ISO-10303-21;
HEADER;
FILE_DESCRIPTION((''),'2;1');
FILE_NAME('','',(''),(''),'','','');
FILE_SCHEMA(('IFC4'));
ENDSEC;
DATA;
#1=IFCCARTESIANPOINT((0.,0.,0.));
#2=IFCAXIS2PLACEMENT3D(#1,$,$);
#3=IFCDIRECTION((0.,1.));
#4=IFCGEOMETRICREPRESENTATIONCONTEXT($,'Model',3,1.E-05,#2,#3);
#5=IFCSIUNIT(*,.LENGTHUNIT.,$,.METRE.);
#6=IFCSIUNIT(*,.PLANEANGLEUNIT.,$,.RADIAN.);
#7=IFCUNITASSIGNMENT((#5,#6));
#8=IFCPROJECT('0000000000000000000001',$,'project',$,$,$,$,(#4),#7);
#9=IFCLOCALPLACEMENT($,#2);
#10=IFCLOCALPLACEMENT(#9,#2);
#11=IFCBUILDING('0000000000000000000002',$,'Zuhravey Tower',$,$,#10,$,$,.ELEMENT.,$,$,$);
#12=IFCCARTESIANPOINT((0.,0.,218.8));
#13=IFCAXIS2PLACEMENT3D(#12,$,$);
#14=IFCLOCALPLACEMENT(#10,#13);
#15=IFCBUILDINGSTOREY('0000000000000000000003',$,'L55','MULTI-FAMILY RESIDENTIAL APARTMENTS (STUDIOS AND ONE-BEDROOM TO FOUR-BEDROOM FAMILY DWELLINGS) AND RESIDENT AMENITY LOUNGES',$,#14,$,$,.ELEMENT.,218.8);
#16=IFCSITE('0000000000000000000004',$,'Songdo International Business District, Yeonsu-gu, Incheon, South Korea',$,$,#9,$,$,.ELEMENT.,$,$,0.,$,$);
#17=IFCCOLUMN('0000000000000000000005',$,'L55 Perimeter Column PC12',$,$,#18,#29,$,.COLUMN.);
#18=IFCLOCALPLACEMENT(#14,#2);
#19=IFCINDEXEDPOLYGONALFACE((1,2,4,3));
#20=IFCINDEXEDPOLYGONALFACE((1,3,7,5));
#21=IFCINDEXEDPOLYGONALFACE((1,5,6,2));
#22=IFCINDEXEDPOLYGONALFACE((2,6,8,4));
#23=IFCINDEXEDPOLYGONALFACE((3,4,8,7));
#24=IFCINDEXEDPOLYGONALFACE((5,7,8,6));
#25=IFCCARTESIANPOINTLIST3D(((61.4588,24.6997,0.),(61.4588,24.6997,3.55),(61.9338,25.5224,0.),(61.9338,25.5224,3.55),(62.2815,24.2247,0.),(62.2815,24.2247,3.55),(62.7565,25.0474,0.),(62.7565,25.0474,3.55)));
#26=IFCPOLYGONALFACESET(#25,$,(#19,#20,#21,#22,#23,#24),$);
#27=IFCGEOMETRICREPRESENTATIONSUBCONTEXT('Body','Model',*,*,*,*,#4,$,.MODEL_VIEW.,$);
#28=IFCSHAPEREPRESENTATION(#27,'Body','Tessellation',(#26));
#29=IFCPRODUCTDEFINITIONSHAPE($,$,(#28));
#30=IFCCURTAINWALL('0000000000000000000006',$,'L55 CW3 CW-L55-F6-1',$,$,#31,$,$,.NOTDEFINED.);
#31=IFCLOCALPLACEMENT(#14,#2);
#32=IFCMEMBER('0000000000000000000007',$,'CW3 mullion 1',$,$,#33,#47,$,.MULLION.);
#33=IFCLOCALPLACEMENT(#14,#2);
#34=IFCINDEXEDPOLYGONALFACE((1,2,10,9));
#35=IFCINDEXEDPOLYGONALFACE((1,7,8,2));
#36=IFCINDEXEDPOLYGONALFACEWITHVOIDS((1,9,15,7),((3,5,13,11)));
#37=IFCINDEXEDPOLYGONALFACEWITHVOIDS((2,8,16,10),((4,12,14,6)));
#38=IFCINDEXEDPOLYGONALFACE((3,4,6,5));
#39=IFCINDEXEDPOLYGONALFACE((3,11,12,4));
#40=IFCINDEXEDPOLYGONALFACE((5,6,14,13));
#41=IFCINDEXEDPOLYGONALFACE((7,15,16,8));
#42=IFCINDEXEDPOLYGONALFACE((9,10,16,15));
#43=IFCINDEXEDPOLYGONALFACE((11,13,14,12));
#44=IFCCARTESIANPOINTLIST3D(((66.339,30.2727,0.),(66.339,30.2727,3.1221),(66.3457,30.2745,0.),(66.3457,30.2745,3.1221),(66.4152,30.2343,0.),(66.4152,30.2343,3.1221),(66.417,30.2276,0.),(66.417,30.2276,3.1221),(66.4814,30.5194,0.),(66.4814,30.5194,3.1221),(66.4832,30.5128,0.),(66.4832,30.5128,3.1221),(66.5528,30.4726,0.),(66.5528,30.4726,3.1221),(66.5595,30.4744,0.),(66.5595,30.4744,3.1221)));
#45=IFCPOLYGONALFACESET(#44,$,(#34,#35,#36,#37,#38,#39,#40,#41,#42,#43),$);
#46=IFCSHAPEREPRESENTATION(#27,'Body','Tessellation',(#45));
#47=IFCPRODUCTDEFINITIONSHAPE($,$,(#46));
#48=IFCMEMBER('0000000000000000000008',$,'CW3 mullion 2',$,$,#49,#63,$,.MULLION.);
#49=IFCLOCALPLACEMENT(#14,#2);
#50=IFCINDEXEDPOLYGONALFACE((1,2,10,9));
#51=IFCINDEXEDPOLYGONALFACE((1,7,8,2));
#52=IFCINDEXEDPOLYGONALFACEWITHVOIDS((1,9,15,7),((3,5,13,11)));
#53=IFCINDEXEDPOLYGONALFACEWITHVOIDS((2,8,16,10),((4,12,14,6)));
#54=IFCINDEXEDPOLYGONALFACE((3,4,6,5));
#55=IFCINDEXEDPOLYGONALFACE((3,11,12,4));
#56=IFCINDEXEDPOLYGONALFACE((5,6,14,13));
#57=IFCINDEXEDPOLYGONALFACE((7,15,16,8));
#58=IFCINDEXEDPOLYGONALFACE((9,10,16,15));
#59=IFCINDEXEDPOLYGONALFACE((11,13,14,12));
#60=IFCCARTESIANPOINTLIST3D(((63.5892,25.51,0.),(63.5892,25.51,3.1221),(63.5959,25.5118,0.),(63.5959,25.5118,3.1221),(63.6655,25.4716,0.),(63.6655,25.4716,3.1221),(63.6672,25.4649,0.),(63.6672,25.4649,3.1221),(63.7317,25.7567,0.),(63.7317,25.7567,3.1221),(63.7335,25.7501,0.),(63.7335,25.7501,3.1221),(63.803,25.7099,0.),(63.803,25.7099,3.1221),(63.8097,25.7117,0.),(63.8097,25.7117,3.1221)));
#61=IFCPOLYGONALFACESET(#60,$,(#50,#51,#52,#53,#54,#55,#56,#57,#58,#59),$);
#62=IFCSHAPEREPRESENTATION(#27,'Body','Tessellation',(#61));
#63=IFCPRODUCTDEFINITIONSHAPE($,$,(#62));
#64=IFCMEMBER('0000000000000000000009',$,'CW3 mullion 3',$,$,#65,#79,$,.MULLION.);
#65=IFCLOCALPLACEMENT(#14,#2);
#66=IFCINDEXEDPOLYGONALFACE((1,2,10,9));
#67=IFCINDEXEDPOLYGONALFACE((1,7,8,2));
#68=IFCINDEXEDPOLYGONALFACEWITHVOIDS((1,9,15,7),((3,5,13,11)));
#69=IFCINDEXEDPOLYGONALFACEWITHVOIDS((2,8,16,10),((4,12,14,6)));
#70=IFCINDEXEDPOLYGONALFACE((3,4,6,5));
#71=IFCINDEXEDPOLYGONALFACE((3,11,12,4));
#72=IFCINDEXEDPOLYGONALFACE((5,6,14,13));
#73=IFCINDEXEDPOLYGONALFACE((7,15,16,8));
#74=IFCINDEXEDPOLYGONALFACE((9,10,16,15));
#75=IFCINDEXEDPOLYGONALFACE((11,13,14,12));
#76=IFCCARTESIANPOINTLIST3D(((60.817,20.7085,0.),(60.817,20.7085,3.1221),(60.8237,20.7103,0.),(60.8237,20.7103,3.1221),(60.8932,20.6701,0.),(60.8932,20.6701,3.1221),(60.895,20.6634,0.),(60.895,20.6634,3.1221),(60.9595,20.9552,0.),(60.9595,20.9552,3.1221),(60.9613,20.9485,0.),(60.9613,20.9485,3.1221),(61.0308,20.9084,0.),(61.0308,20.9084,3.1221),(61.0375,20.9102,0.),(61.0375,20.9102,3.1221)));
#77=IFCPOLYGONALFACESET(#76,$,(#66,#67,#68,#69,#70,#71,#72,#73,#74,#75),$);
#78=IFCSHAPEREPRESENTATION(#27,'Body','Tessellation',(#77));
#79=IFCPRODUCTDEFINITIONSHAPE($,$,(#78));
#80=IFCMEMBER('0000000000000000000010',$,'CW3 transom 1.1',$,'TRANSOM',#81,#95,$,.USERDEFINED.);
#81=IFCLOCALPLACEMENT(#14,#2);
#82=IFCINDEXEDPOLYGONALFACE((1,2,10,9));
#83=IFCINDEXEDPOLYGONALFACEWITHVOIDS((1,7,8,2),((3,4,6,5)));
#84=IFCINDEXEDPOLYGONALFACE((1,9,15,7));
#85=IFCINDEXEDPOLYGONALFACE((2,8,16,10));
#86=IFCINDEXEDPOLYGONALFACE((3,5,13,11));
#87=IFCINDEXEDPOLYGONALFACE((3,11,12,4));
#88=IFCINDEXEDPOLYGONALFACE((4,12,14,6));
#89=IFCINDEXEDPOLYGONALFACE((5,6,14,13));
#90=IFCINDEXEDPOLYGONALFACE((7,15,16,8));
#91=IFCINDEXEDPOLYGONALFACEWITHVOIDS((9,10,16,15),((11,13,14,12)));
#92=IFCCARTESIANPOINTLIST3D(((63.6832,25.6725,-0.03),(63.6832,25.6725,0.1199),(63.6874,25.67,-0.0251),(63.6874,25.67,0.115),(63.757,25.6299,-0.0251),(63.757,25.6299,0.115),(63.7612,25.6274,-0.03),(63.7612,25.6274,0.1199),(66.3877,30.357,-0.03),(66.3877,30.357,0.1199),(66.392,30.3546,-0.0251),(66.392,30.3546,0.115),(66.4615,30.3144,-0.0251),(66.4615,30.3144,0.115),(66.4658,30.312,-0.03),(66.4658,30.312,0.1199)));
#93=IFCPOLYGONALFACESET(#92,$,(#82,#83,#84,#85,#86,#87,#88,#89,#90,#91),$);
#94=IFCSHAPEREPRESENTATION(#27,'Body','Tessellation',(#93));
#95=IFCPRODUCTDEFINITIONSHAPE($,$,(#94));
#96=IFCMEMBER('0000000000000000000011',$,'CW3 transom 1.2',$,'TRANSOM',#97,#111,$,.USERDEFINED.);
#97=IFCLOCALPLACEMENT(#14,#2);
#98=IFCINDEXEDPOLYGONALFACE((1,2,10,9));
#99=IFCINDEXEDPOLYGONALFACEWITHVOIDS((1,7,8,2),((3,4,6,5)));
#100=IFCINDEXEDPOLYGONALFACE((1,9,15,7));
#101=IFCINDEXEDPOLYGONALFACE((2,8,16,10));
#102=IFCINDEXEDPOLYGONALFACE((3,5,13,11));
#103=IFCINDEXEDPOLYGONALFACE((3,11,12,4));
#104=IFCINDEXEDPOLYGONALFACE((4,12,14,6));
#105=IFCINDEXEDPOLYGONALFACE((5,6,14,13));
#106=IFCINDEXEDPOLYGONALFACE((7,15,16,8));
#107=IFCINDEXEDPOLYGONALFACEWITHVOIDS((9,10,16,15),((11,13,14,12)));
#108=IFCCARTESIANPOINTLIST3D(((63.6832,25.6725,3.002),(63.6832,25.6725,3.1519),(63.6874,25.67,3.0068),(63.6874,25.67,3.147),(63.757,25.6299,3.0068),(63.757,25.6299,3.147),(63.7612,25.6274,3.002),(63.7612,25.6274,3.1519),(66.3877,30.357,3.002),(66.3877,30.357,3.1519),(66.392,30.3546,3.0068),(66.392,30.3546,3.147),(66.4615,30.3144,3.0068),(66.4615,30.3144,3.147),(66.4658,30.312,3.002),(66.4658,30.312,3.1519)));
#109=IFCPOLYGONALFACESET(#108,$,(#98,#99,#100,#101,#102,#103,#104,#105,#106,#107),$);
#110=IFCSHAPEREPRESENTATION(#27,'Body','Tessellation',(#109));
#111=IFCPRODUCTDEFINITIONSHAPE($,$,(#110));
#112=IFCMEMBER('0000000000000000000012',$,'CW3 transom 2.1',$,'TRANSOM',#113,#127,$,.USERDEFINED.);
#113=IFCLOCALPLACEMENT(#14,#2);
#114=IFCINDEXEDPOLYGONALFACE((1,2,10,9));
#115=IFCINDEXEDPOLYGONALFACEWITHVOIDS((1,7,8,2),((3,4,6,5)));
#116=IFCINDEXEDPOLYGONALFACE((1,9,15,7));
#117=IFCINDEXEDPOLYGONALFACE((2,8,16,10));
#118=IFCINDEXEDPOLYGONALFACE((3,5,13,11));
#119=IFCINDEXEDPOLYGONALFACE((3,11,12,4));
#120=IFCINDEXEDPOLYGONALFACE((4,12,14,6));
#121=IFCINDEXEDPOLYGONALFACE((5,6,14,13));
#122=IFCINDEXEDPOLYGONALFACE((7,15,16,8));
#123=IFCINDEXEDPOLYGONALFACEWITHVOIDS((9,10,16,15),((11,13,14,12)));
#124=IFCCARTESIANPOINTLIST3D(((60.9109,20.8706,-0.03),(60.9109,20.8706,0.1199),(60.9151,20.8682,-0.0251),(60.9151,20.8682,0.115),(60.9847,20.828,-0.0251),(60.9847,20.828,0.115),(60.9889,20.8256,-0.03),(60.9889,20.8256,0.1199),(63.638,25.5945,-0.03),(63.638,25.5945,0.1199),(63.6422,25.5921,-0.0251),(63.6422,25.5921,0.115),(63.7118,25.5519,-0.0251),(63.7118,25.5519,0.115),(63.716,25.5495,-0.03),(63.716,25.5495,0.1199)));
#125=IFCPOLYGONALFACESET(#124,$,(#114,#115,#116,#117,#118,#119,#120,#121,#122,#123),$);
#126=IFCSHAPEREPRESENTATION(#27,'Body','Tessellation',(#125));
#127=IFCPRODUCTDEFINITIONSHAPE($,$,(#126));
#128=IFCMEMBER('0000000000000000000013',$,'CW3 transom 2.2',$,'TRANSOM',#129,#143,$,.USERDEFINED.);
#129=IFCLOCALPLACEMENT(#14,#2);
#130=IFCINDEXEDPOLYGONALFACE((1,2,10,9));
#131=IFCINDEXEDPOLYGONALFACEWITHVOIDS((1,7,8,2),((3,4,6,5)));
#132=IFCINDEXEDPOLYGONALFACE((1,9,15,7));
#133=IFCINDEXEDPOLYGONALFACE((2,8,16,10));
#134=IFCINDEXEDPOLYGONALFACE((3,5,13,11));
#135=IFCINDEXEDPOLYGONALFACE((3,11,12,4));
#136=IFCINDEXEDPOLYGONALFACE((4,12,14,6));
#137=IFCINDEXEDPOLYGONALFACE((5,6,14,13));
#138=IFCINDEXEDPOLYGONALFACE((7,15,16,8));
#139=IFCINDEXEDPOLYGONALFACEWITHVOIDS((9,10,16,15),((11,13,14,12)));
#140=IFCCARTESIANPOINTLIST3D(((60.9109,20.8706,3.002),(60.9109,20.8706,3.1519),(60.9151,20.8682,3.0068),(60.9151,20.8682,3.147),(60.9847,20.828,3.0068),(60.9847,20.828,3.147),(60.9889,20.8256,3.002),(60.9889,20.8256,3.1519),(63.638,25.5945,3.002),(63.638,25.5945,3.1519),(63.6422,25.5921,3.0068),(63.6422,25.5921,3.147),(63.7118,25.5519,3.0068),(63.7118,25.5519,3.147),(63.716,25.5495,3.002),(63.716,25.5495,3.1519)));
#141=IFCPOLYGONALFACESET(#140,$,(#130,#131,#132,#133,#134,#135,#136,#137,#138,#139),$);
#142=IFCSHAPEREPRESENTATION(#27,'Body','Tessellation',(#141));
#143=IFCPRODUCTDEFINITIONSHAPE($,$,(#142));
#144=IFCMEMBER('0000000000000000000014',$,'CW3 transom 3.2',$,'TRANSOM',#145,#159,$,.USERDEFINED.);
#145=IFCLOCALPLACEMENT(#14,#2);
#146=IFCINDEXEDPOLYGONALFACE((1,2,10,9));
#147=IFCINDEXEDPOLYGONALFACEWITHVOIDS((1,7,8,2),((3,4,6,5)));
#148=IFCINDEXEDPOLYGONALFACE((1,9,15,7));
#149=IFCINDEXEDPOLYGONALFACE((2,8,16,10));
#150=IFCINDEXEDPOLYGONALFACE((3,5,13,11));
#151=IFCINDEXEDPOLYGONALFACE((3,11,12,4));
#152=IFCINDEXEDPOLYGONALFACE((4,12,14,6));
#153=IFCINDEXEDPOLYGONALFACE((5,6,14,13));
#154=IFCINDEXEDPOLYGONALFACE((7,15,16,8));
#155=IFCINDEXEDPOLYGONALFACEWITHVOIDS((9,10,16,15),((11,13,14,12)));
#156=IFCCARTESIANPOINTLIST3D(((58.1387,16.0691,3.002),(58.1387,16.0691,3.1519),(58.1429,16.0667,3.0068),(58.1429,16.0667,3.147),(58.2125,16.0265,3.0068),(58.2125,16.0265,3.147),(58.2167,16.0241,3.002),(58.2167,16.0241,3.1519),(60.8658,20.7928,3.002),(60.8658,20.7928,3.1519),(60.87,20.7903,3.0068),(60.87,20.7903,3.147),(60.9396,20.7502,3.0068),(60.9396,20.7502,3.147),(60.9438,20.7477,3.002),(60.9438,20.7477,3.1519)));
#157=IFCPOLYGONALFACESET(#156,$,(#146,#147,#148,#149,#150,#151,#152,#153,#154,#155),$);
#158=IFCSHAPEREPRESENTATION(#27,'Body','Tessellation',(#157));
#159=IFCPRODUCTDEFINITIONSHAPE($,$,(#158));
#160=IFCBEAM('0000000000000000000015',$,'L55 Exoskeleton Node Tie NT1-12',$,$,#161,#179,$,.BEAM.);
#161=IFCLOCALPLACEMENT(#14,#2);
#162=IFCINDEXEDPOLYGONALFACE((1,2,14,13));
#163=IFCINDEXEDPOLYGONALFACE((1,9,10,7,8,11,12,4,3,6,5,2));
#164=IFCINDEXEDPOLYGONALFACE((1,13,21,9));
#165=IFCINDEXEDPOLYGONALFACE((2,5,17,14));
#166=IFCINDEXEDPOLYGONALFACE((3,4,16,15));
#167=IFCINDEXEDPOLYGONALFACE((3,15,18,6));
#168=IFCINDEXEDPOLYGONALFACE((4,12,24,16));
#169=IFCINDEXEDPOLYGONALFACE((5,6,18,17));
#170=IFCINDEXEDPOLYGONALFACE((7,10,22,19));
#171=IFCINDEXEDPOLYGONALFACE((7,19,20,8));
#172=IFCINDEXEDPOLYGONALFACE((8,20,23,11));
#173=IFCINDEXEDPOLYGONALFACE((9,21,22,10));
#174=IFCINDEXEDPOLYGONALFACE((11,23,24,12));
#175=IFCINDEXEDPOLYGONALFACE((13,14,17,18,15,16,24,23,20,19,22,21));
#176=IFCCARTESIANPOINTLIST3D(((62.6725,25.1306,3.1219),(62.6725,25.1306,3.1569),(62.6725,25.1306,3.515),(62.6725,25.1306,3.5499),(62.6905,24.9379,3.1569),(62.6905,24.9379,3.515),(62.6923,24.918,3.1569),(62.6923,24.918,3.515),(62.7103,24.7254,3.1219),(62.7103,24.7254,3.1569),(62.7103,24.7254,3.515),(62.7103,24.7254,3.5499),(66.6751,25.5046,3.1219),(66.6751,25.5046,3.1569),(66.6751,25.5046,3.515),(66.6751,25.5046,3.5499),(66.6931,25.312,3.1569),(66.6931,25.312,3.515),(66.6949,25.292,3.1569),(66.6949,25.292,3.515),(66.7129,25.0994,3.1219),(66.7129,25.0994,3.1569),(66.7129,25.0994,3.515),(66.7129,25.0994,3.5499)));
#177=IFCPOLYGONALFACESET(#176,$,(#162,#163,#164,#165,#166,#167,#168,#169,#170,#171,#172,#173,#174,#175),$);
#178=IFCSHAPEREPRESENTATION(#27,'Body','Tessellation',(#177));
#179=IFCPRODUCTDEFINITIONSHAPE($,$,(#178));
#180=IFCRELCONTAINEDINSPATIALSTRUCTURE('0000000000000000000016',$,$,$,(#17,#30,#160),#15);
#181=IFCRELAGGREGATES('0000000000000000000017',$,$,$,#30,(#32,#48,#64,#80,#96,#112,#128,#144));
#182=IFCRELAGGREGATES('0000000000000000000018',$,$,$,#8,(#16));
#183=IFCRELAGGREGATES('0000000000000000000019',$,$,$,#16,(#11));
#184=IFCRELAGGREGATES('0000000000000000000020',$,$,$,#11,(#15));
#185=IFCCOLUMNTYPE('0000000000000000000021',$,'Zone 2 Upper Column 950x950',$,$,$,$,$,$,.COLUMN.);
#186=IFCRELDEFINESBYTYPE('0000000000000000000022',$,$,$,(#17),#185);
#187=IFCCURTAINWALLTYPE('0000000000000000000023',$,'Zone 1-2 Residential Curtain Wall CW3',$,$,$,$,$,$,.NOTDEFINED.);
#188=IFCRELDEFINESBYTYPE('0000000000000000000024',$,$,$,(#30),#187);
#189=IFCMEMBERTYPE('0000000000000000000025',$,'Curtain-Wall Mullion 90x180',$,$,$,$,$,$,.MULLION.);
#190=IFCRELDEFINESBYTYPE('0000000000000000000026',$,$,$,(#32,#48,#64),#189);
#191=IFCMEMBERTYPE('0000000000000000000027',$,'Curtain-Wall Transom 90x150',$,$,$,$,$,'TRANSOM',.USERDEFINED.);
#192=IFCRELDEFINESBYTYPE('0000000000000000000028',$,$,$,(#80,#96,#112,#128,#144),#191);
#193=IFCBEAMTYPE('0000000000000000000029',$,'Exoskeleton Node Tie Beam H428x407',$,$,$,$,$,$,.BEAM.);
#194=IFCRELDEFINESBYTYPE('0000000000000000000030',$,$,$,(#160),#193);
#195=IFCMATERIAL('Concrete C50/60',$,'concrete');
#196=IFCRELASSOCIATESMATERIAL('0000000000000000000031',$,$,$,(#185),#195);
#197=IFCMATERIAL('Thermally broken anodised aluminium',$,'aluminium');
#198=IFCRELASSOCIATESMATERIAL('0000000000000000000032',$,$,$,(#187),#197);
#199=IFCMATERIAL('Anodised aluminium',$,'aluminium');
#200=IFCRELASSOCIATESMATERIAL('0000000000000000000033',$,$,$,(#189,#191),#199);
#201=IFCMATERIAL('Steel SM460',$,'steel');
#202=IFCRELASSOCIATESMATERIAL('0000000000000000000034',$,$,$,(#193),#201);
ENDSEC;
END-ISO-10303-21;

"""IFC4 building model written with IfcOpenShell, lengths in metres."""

from ifc_helpers import new_model, si_unit, direction, frame, origin, origin_2d, place, context, subcontext, project, spatial, rectangle, hollow_rectangle, i_section, extrude, material, material_profile, profile_set, type_object, element, aggregate, save


model = new_model("IFC4")

# Units and contexts
model_context = context("Model", 3, precision=1e-05, world=origin(), true_north=direction((0.0, 1.0)))
body_context = subcontext(model_context, "Body", "Model", "MODEL_VIEW")
ifc_project = project(units=[si_unit("LENGTHUNIT", "METRE"), si_unit("PLANEANGLEUNIT", "RADIAN")], contexts=[model_context])

# Site, building, storey
site_placement = place(None, origin())
site = spatial("IfcSite", under=ifc_project, at=site_placement, Name="Songdo International Business District, Yeonsu-gu, Incheon, South Korea", CompositionType="ELEMENT", RefElevation=0.0)
building_placement = place(site_placement, origin())
building = spatial("IfcBuilding", under=site, at=building_placement, Name="Zuhravey Tower", CompositionType="ELEMENT")
storey_placement = place(building_placement, frame((0.0, 0.0, 218.8)))
storey = spatial("IfcBuildingStorey", under=building, at=storey_placement, Name="L55", Description="MULTI-FAMILY RESIDENTIAL APARTMENTS (STUDIOS AND ONE-BEDROOM TO FOUR-BEDROOM FAMILY DWELLINGS) AND RESIDENT AMENITY LOUNGES", CompositionType="ELEMENT", Elevation=218.8)

# Column
ifc_material_1 = material(Name="Concrete C50/60", Category="concrete")
ifc_material_profile_1 = material_profile(ifc_material_1, rectangle(XDim=0.95, YDim=0.95, at=origin_2d()), Name="RC-950x950")
ifc_profile_set_1 = profile_set([ifc_material_profile_1], Name="Concrete C50/60")
column_type = type_object("IfcColumnType", Name="Zone 2 Upper Column 950x950", PredefinedType="COLUMN", material=ifc_profile_set_1)
column_placement = place(storey_placement, frame((62.1077, 24.8735, 0.0), z_axis=(0.0, 0.0, 1.0), x_axis=(0.5, 0.866025, 0.0)))
element("IfcColumn", 1, at=column_placement, inside=storey, type_object=column_type, Name="L55 Perimeter Column PC12", PredefinedType="COLUMN", context=body_context, shape_type="SweptSolid", body=[
    extrude(rectangle(XDim=0.95, YDim=0.95, at=origin_2d()), origin(), (0.0, 0.0, 1.0), 3.55),
])

# Curtain wall, members
ifc_material_2 = material(Name="Thermally broken anodised aluminium", Category="aluminium")
curtain_wall_type = type_object("IfcCurtainWallType", Name="Zone 1-2 Residential Curtain Wall CW3", PredefinedType="NOTDEFINED", material=ifc_material_2)
curtain_wall_placement = place(storey_placement, origin())
curtain_wall = element("IfcCurtainWall", 2, at=curtain_wall_placement, inside=storey, type_object=curtain_wall_type, Name="L55 CW3 CW-L55-F6-1", PredefinedType="NOTDEFINED")
ifc_material_3 = material(Name="Anodised aluminium", Category="aluminium")
ifc_material_profile_2 = material_profile(ifc_material_3, hollow_rectangle(XDim=0.0901, YDim=0.2849, WallThickness=0.0049, at=origin_2d()), Name="ALU-RHS-90x285x5")
ifc_profile_set_2 = profile_set([ifc_material_profile_2], Name="Anodised aluminium")
member_type_1 = type_object("IfcMemberType", Name="Curtain-Wall Mullion 90x180", PredefinedType="MULLION", material=ifc_profile_set_2)
member_1_placement = place(storey_placement, frame((66.4492, 30.3735, 0.0), z_axis=(0.0, 0.0, 1.0), x_axis=(0.866025, -0.5, 0.0)))
member_1 = element("IfcMember", 3, at=member_1_placement, type_object=member_type_1, Name="CW3 mullion 1", PredefinedType="MULLION", context=body_context, shape_type="SweptSolid", body=[
    extrude(hollow_rectangle(XDim=0.0901, YDim=0.2849, WallThickness=0.0049, at=origin_2d()), origin(), (0.0, 0.0, 1.0), 3.1221),
])
member_2_placement = place(storey_placement, frame((63.6995, 25.6108, 0.0), z_axis=(0.0, 0.0, 1.0), x_axis=(0.866025, -0.5, 0.0)))
member_2 = element("IfcMember", 4, at=member_2_placement, type_object=member_type_1, Name="CW3 mullion 2", PredefinedType="MULLION", context=body_context, shape_type="SweptSolid", body=[
    extrude(hollow_rectangle(XDim=0.0901, YDim=0.2849, WallThickness=0.0049, at=origin_2d()), origin(), (0.0, 0.0, 1.0), 3.1221),
])
member_3_placement = place(storey_placement, frame((60.9272, 20.8093, 0.0), z_axis=(0.0, 0.0, 1.0), x_axis=(0.866025, -0.5, 0.0)))
member_3 = element("IfcMember", 5, at=member_3_placement, type_object=member_type_1, Name="CW3 mullion 3", PredefinedType="MULLION", context=body_context, shape_type="SweptSolid", body=[
    extrude(hollow_rectangle(XDim=0.0901, YDim=0.2849, WallThickness=0.0049, at=origin_2d()), origin(), (0.0, 0.0, 1.0), 3.1221),
])
ifc_material_profile_3 = material_profile(ifc_material_3, hollow_rectangle(XDim=0.0901, YDim=0.1499, WallThickness=0.0049, at=origin_2d()), Name="ALU-RHS-90x150x5")
ifc_profile_set_3 = profile_set([ifc_material_profile_3], Name="Anodised aluminium")
member_type_2 = type_object("IfcMemberType", Name="Curtain-Wall Transom 90x150", ElementType="TRANSOM", PredefinedType="USERDEFINED", material=ifc_profile_set_3)
member_4_placement = place(storey_placement, frame((66.4268, 30.3345, 0.0449), z_axis=(-0.499993, -0.866029, 0.0), x_axis=(0.866029, -0.499993, 0.0)))
member_4 = element("IfcMember", 6, at=member_4_placement, type_object=member_type_2, Name="CW3 transom 1.1", ObjectType="TRANSOM", PredefinedType="USERDEFINED", context=body_context, shape_type="SweptSolid", body=[
    extrude(hollow_rectangle(XDim=0.0901, YDim=0.1499, WallThickness=0.0049, at=origin_2d()), origin(), (0.0, 0.0, 1.0), 5.4092),
])
member_5_placement = place(storey_placement, frame((66.4268, 30.3345, 3.0769), z_axis=(-0.499993, -0.866029, 0.0), x_axis=(0.866029, -0.499993, 0.0)))
member_5 = element("IfcMember", 7, at=member_5_placement, type_object=member_type_2, Name="CW3 transom 1.2", ObjectType="TRANSOM", PredefinedType="USERDEFINED", context=body_context, shape_type="SweptSolid", body=[
    extrude(hollow_rectangle(XDim=0.0901, YDim=0.1499, WallThickness=0.0049, at=origin_2d()), origin(), (0.0, 0.0, 1.0), 5.4092),
])
member_6_placement = place(storey_placement, frame((63.677, 25.572, 0.0449), z_axis=(-0.499961, -0.866048, 0.0), x_axis=(0.866048, -0.499961, 0.0)))
member_6 = element("IfcMember", 8, at=member_6_placement, type_object=member_type_2, Name="CW3 transom 2.1", ObjectType="TRANSOM", PredefinedType="USERDEFINED", context=body_context, shape_type="SweptSolid", body=[
    extrude(hollow_rectangle(XDim=0.0901, YDim=0.1499, WallThickness=0.0049, at=origin_2d()), origin(), (0.0, 0.0, 1.0), 5.4546),
])
member_7_placement = place(storey_placement, frame((63.677, 25.572, 3.0769), z_axis=(-0.499961, -0.866048, 0.0), x_axis=(0.866048, -0.499961, 0.0)))
member_7 = element("IfcMember", 9, at=member_7_placement, type_object=member_type_2, Name="CW3 transom 2.2", ObjectType="TRANSOM", PredefinedType="USERDEFINED", context=body_context, shape_type="SweptSolid", body=[
    extrude(hollow_rectangle(XDim=0.0901, YDim=0.1499, WallThickness=0.0049, at=origin_2d()), origin(), (0.0, 0.0, 1.0), 5.4546),
])
member_8_placement = place(storey_placement, frame((60.9048, 20.7703, 3.0769), z_axis=(-0.499981, -0.866037, 0.0), x_axis=(0.866037, -0.499981, 0.0)))
member_8 = element("IfcMember", 10, at=member_8_placement, type_object=member_type_2, Name="CW3 transom 3.2", ObjectType="TRANSOM", PredefinedType="USERDEFINED", context=body_context, shape_type="SweptSolid", body=[
    extrude(hollow_rectangle(XDim=0.0901, YDim=0.1499, WallThickness=0.0049, at=origin_2d()), origin(), (0.0, 0.0, 1.0), 5.4543),
])

# Beam
ifc_material_4 = material(Name="Steel SM460", Category="steel")
ifc_material_profile_4 = material_profile(ifc_material_4, i_section(OverallWidth=0.407, OverallDepth=0.428, WebThickness=0.02, FlangeThickness=0.0349, at=origin_2d()), Name="H-428x407x20x35")
ifc_profile_set_4 = profile_set([ifc_material_profile_4], Name="Steel SM460")
beam_type_1 = type_object("IfcBeamType", Name="Exoskeleton Node Tie Beam H428x407", PredefinedType="BEAM", material=ifc_profile_set_4)
beam_1_placement = place(storey_placement, frame((62.6914, 24.928, 3.3359), z_axis=(0.995663, 0.093038, 0.0), x_axis=(-0.093038, 0.995663, 0.0)))
element("IfcBeam", 11, at=beam_1_placement, inside=storey, type_object=beam_type_1, Name="L55 Exoskeleton Node Tie NT1-12", PredefinedType="BEAM", context=body_context, shape_type="SweptSolid", body=[
    extrude(i_section(OverallWidth=0.407, OverallDepth=0.428, WebThickness=0.02, FlangeThickness=0.0349, at=origin_2d()), origin(), (0.0, 0.0, 1.0), 4.02),
])

aggregate(curtain_wall, [member_1, member_2, member_3, member_4, member_5, member_6, member_7, member_8])

save(model, "model.ifc")
